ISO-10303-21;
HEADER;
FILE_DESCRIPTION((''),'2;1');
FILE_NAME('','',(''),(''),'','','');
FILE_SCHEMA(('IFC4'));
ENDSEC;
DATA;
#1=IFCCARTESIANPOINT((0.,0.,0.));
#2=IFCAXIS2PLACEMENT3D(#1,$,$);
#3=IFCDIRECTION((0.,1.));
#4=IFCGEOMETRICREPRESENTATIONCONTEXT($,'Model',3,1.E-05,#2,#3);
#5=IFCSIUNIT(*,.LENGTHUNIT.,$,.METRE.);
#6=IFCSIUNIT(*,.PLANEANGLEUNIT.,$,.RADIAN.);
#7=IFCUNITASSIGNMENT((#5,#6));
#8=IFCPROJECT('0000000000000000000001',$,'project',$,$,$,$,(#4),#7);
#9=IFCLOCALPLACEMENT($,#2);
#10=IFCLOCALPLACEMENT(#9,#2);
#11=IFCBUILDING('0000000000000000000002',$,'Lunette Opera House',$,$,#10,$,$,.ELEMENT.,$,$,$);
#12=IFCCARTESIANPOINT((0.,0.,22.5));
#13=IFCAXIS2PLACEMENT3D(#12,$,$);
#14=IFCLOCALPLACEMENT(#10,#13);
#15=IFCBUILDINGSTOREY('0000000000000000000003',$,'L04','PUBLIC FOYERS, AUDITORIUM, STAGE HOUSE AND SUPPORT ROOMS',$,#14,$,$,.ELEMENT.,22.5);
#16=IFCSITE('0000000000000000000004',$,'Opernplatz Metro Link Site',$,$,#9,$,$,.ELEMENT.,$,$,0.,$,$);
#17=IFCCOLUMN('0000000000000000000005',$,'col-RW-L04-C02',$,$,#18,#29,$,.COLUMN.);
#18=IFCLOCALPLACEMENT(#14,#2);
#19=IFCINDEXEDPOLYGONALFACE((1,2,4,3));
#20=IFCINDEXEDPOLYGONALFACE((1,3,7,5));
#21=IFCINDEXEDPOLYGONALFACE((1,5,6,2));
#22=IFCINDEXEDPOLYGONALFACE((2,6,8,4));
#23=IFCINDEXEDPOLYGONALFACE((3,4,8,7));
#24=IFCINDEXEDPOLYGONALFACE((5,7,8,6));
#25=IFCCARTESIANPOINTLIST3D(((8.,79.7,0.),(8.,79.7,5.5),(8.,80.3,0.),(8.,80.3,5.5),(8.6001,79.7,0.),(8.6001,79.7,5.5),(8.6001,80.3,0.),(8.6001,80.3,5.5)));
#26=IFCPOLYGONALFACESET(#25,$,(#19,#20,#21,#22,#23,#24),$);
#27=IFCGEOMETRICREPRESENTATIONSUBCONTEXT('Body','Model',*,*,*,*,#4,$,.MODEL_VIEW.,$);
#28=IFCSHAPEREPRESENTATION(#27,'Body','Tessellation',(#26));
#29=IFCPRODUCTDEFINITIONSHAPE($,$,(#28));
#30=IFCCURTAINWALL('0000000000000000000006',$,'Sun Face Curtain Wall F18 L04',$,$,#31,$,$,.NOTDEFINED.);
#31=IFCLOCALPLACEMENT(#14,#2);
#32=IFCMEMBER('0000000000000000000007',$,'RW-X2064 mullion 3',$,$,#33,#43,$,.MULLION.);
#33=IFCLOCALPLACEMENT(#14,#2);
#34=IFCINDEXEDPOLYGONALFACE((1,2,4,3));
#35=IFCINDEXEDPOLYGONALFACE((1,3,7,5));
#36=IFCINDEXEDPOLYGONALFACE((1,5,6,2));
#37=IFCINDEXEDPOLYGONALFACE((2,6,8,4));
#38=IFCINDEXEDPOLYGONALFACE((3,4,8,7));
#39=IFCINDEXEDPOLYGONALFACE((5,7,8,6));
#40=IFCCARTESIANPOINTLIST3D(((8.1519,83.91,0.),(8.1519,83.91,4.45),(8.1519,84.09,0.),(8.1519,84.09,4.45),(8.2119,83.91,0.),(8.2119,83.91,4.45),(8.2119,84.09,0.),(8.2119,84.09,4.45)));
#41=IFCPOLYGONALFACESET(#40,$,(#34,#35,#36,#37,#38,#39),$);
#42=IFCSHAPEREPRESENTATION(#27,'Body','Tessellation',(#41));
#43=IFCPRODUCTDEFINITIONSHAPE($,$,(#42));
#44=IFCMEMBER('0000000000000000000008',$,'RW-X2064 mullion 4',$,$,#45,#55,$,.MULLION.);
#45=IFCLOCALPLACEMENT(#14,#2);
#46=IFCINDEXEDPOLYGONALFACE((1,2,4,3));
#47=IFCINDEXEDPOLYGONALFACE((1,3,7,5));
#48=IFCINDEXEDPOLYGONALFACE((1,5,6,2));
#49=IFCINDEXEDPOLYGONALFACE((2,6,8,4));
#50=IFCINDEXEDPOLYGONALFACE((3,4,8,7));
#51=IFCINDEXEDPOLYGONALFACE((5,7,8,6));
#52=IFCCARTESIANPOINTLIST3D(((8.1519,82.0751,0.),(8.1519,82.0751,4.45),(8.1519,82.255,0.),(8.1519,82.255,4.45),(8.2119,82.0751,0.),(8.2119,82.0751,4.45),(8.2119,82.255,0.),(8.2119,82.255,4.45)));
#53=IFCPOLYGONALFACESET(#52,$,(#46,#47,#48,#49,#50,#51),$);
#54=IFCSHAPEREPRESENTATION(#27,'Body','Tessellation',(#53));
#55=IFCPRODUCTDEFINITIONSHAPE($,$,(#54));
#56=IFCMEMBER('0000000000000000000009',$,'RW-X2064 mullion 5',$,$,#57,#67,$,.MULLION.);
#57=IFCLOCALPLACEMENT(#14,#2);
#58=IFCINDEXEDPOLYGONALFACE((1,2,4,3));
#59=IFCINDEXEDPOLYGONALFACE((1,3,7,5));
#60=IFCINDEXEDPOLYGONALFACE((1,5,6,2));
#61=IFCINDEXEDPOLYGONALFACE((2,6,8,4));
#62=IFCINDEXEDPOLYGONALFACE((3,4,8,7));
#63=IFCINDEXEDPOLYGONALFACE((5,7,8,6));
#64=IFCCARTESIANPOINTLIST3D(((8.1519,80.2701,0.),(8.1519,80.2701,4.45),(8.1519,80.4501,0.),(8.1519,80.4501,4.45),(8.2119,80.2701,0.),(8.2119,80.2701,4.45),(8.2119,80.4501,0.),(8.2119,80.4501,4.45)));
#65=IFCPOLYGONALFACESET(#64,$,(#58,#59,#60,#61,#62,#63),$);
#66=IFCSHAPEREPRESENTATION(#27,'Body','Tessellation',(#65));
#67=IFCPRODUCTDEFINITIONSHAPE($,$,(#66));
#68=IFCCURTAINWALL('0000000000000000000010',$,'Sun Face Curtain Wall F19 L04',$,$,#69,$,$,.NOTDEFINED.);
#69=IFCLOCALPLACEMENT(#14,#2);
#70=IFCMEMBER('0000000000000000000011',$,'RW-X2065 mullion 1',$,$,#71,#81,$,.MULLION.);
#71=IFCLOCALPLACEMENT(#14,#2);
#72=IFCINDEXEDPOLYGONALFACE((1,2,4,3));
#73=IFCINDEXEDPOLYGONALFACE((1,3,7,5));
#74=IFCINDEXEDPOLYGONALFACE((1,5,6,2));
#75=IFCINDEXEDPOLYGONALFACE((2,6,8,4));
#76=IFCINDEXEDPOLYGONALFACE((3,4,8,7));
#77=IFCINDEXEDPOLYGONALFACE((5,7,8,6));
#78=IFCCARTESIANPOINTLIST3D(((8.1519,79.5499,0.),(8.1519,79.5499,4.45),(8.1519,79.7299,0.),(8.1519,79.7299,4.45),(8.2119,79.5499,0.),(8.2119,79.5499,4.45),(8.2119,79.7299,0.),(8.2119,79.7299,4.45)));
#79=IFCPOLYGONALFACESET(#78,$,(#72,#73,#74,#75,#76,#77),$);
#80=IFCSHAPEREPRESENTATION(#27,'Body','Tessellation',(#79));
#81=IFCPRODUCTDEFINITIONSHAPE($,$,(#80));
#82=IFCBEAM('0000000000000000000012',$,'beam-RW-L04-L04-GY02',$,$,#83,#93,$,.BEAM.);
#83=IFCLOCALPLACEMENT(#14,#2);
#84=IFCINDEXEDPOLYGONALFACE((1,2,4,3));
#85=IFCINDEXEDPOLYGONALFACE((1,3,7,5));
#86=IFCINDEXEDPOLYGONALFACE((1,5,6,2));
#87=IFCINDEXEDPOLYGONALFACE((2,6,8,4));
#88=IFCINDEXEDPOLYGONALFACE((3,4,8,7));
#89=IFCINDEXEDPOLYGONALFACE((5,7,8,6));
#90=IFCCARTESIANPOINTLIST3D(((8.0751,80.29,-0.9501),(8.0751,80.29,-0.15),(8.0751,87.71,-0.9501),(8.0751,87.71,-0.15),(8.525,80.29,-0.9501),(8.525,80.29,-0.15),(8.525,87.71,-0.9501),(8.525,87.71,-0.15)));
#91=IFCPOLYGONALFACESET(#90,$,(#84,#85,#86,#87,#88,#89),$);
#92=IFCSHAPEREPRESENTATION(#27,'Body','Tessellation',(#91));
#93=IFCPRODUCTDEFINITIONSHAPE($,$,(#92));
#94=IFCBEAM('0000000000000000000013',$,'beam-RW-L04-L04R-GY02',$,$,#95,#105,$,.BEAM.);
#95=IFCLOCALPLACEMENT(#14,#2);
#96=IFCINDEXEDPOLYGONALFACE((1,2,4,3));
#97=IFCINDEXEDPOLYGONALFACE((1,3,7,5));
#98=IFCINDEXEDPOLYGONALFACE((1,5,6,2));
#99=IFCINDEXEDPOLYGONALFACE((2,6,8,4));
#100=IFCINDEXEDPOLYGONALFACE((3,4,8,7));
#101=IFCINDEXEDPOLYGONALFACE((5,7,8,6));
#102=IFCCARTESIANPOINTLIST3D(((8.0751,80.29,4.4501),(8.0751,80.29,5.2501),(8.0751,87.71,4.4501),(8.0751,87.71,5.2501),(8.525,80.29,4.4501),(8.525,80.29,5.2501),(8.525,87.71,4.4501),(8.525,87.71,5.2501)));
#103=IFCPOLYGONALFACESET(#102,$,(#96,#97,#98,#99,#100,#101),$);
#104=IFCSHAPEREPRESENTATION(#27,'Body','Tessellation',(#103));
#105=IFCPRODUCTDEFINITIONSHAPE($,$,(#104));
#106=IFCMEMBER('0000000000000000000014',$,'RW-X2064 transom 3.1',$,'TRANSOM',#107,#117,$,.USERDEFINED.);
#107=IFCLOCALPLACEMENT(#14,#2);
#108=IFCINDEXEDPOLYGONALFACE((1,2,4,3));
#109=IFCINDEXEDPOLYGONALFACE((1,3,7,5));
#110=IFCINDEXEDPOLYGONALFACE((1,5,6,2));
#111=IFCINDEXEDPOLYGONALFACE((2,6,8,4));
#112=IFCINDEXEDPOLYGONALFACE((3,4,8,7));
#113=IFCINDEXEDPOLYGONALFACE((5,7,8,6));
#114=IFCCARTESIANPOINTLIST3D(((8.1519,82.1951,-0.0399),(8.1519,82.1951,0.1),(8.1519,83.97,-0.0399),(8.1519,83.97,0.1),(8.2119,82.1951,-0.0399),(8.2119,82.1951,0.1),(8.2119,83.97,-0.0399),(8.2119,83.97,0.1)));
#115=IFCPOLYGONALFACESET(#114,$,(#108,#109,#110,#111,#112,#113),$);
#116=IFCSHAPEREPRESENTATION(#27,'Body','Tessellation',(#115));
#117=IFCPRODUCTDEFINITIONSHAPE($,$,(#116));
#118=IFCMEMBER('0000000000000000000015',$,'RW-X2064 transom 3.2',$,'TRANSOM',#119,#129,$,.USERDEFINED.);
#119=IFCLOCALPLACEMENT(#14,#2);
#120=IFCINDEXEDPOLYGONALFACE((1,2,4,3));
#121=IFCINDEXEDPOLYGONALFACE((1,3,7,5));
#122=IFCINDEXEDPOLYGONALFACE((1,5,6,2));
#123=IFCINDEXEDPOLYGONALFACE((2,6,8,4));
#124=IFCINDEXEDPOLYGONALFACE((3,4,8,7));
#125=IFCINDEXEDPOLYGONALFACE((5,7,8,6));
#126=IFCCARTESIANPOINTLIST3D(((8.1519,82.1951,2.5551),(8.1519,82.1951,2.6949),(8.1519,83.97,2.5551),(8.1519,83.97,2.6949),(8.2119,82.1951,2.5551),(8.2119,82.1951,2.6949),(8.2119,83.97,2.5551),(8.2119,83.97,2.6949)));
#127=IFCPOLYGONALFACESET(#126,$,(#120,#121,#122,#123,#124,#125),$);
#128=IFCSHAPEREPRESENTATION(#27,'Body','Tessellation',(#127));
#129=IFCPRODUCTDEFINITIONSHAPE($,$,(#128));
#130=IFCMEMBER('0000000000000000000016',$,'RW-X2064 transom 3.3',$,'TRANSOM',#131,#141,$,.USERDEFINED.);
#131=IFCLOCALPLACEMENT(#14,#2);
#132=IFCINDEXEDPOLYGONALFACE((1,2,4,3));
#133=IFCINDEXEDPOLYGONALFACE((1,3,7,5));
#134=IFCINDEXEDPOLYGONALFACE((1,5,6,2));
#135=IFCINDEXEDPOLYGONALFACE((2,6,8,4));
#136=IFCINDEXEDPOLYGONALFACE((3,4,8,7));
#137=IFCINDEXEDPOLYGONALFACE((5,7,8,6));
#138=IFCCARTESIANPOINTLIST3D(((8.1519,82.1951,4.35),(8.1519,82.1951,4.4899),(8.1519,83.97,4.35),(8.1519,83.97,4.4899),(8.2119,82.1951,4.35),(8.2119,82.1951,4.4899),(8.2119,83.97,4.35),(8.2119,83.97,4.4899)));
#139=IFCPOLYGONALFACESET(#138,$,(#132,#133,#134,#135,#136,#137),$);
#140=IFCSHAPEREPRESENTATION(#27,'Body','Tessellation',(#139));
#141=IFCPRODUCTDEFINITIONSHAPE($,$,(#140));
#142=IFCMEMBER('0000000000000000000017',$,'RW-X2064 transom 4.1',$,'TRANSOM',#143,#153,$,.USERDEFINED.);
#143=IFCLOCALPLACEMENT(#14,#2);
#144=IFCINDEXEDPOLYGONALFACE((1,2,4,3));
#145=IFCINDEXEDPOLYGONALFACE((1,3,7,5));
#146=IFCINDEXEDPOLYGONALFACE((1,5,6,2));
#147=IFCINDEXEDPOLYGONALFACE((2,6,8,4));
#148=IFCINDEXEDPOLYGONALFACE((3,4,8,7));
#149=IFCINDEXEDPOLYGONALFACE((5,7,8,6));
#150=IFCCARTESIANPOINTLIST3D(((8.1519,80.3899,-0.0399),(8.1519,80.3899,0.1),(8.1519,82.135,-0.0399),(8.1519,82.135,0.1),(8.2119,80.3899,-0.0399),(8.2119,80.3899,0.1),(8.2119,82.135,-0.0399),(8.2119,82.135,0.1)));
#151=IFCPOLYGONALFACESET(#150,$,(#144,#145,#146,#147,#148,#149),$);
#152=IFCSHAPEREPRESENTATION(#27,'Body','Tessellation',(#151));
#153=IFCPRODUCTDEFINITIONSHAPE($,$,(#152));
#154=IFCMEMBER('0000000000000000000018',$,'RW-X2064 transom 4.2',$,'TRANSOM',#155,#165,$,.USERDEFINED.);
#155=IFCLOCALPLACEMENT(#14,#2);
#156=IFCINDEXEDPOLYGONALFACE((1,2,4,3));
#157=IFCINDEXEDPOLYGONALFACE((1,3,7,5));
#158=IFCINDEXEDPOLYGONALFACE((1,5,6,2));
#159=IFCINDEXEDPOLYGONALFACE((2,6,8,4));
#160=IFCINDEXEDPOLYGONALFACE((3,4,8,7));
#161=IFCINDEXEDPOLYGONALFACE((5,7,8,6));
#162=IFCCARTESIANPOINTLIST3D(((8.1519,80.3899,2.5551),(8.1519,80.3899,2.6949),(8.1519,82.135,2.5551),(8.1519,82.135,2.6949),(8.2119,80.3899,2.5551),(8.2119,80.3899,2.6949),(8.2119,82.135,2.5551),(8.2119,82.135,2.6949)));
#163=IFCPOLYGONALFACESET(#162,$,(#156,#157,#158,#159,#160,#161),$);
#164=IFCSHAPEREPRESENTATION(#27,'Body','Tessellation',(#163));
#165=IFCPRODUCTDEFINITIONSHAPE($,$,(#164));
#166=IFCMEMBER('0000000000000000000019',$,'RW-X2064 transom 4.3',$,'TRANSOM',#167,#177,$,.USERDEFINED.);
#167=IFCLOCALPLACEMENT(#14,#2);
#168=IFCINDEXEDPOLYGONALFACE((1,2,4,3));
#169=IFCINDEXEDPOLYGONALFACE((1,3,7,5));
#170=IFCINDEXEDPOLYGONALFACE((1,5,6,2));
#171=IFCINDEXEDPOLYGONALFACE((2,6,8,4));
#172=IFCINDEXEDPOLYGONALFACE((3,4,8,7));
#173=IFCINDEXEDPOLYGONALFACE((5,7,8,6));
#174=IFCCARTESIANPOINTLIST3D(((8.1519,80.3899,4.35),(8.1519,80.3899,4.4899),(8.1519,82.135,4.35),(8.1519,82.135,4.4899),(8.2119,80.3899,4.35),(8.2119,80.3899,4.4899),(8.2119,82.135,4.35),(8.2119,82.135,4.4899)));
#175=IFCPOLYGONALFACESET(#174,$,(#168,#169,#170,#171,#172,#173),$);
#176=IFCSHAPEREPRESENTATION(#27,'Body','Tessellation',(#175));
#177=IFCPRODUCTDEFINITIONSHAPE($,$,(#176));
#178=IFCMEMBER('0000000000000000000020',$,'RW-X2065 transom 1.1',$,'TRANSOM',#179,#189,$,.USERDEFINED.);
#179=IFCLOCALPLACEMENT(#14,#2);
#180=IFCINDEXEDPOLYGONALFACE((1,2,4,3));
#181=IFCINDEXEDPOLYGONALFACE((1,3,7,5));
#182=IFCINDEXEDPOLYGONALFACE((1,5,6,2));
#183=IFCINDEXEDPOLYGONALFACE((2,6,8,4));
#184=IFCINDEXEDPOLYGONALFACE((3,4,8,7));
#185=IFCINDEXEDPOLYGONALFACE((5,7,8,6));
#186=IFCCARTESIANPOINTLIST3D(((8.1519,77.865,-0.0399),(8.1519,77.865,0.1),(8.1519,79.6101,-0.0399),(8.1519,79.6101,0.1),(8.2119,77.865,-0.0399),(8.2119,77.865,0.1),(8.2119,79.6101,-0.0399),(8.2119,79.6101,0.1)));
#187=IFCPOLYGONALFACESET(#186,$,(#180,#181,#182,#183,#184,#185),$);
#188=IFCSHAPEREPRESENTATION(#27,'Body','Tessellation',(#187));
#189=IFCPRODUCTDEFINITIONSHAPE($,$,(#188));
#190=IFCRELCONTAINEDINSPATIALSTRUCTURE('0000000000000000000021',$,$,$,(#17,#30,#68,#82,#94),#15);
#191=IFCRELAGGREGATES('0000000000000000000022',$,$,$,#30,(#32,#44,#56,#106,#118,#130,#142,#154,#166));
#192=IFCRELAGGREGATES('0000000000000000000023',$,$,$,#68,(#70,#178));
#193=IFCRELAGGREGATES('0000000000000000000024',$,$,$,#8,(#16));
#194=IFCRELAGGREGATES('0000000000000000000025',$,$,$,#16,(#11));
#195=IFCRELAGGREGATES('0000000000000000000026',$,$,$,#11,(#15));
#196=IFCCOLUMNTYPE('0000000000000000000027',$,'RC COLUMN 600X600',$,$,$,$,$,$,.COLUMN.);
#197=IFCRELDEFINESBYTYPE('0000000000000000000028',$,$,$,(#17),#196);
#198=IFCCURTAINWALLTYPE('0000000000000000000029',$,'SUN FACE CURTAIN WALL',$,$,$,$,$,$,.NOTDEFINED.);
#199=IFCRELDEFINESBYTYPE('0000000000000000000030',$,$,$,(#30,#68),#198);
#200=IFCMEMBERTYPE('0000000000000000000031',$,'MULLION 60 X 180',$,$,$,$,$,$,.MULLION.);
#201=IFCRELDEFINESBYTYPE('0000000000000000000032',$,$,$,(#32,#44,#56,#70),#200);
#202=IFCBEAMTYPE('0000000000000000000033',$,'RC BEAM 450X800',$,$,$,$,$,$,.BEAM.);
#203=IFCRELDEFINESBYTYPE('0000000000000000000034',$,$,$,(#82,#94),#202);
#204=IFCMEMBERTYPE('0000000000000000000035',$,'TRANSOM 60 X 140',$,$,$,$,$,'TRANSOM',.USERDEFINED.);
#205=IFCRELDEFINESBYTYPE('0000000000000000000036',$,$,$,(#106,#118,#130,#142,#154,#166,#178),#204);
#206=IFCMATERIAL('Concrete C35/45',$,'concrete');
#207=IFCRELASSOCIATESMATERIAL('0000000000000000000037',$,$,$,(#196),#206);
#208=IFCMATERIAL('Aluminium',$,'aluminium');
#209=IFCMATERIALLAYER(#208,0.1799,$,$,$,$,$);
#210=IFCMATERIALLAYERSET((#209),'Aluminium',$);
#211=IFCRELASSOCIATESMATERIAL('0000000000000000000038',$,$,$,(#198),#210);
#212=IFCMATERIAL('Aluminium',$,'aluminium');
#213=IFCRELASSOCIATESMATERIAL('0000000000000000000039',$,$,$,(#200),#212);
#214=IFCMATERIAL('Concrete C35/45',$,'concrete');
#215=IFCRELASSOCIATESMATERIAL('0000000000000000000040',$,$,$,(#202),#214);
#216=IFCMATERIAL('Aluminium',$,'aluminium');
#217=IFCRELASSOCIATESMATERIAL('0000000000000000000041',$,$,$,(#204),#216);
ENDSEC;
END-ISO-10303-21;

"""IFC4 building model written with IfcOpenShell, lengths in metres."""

from ifc_helpers import new_model, si_unit, direction, frame, origin, origin_2d, place, context, subcontext, project, spatial, rectangle, extrude, material, layer, layer_set, material_profile, profile_set, type_object, element, aggregate, save


model = new_model("IFC4")

# Units and contexts
model_context = context("Model", 3, precision=1e-05, world=origin(), true_north=direction((0.0, 1.0)))
body_context = subcontext(model_context, "Body", "Model", "MODEL_VIEW")
ifc_project = project(units=[si_unit("LENGTHUNIT", "METRE"), si_unit("PLANEANGLEUNIT", "RADIAN")], contexts=[model_context])

# Site, building, storey
site_placement = place(None, origin())
site = spatial("IfcSite", under=ifc_project, at=site_placement, Name="Opernplatz Metro Link Site", CompositionType="ELEMENT", RefElevation=0.0)
building_placement = place(site_placement, origin())
building = spatial("IfcBuilding", under=site, at=building_placement, Name="Lunette Opera House", CompositionType="ELEMENT")
storey_placement = place(building_placement, frame((0.0, 0.0, 22.5)))
storey = spatial("IfcBuildingStorey", under=building, at=storey_placement, Name="L04", Description="PUBLIC FOYERS, AUDITORIUM, STAGE HOUSE AND SUPPORT ROOMS", CompositionType="ELEMENT", Elevation=22.5)

# Column
ifc_material_1 = material(Name="Concrete C35/45", Category="concrete")
ifc_material_profile_1 = material_profile(ifc_material_1, rectangle(XDim=0.6001, YDim=0.6001, at=origin_2d()), Name="RC COLUMN 600X600")
ifc_profile_set_1 = profile_set([ifc_material_profile_1], Name="Concrete C35/45")
column_type = type_object("IfcColumnType", Name="RC COLUMN 600X600", PredefinedType="COLUMN", material=ifc_profile_set_1)
column_placement = place(storey_placement, frame((8.3, 80.0, 0.0), z_axis=(0.0, 0.0, 1.0), x_axis=(1.0, 0.0, 0.0)))
element("IfcColumn", 1, at=column_placement, inside=storey, type_object=column_type, Name="col-RW-L04-C02", PredefinedType="COLUMN", context=body_context, shape_type="SweptSolid", body=[
    extrude(rectangle(XDim=0.6001, YDim=0.6001, at=origin_2d()), origin(), (0.0, 0.0, 1.0), 5.5),
])

# Curtain wall, members
ifc_material_2 = material(Name="Aluminium", Category="aluminium")
ifc_layer_1 = layer(ifc_material_2, 0.1799)
ifc_layer_set_1 = layer_set([ifc_layer_1], Name="Aluminium")
curtain_wall_type = type_object("IfcCurtainWallType", Name="SUN FACE CURTAIN WALL", PredefinedType="NOTDEFINED", material=ifc_layer_set_1)
curtain_wall_1_placement = place(storey_placement, origin())
curtain_wall_1 = element("IfcCurtainWall", 2, at=curtain_wall_1_placement, inside=storey, type_object=curtain_wall_type, Name="Sun Face Curtain Wall F18 L04", PredefinedType="NOTDEFINED")
ifc_material_3 = material(Name="Aluminium", Category="aluminium")
ifc_material_profile_2 = material_profile(ifc_material_3, rectangle(XDim=0.0601, YDim=0.1799, at=origin_2d()), Name="MULLION 60 X 180")
ifc_profile_set_2 = profile_set([ifc_material_profile_2], Name="Aluminium")
member_type_1 = type_object("IfcMemberType", Name="MULLION 60 X 180", PredefinedType="MULLION", material=ifc_profile_set_2)
member_1_placement = place(storey_placement, frame((8.1819, 84.0, 0.0), z_axis=(0.0, 0.0, 1.0), x_axis=(1.0, 0.0, 0.0)))
member_1 = element("IfcMember", 3, at=member_1_placement, type_object=member_type_1, Name="RW-X2064 mullion 3", PredefinedType="MULLION", context=body_context, shape_type="SweptSolid", body=[
    extrude(rectangle(XDim=0.0601, YDim=0.1799, at=origin_2d()), origin(), (0.0, 0.0, 1.0), 4.45),
])
member_2_placement = place(storey_placement, frame((8.1819, 82.165, 0.0), z_axis=(0.0, 0.0, 1.0), x_axis=(1.0, 0.0, 0.0)))
member_2 = element("IfcMember", 4, at=member_2_placement, type_object=member_type_1, Name="RW-X2064 mullion 4", PredefinedType="MULLION", context=body_context, shape_type="SweptSolid", body=[
    extrude(rectangle(XDim=0.0601, YDim=0.1799, at=origin_2d()), origin(), (0.0, 0.0, 1.0), 4.45),
])
member_3_placement = place(storey_placement, frame((8.1819, 80.3601, 0.0), z_axis=(0.0, 0.0, 1.0), x_axis=(1.0, 0.0, 0.0)))
member_3 = element("IfcMember", 5, at=member_3_placement, type_object=member_type_1, Name="RW-X2064 mullion 5", PredefinedType="MULLION", context=body_context, shape_type="SweptSolid", body=[
    extrude(rectangle(XDim=0.0601, YDim=0.1799, at=origin_2d()), origin(), (0.0, 0.0, 1.0), 4.45),
])

# Curtain wall, member
curtain_wall_2_placement = place(storey_placement, origin())
curtain_wall_2 = element("IfcCurtainWall", 6, at=curtain_wall_2_placement, inside=storey, type_object=curtain_wall_type, Name="Sun Face Curtain Wall F19 L04", PredefinedType="NOTDEFINED")
member_4_placement = place(storey_placement, frame((8.1819, 79.6399, 0.0), z_axis=(0.0, 0.0, 1.0), x_axis=(1.0, 0.0, 0.0)))
member_4 = element("IfcMember", 7, at=member_4_placement, type_object=member_type_1, Name="RW-X2065 mullion 1", PredefinedType="MULLION", context=body_context, shape_type="SweptSolid", body=[
    extrude(rectangle(XDim=0.0601, YDim=0.1799, at=origin_2d()), origin(), (0.0, 0.0, 1.0), 4.45),
])

# Beams
ifc_material_4 = material(Name="Concrete C35/45", Category="concrete")
ifc_material_profile_3 = material_profile(ifc_material_4, rectangle(XDim=0.45, YDim=0.8, at=origin_2d()), Name="RC BEAM 450X800")
ifc_profile_set_3 = profile_set([ifc_material_profile_3], Name="Concrete C35/45")
beam_type = type_object("IfcBeamType", Name="RC BEAM 450X800", PredefinedType="BEAM", material=ifc_profile_set_3)
for number, where, z_axis, x_axis, name in (
    (8, (8.3, 80.29, -0.55), (0.0, 1.0, 0.0), (-1.0, 0.0, 0.0), "beam-RW-L04-L04-GY02"),
    (9, (8.3, 80.29, 4.8501), (0.0, 1.0, 0.0), (-1.0, 0.0, 0.0), "beam-RW-L04-L04R-GY02"),
):
    element("IfcBeam", number, at=place(storey_placement, frame(where, z_axis=z_axis, x_axis=x_axis)), inside=storey, type_object=beam_type, Name=name, PredefinedType="BEAM", context=body_context, shape_type="SweptSolid", body=[
        extrude(rectangle(XDim=0.45, YDim=0.8, at=origin_2d()), origin(), (0.0, 0.0, 1.0), 7.4199),
    ])

# Members
ifc_material_5 = material(Name="Aluminium", Category="aluminium")
ifc_material_profile_4 = material_profile(ifc_material_5, rectangle(XDim=0.0601, YDim=0.1399, at=origin_2d()), Name="TRANSOM 60 X 140")
ifc_profile_set_4 = profile_set([ifc_material_profile_4], Name="Aluminium")
member_type_2 = type_object("IfcMemberType", Name="TRANSOM 60 X 140", ElementType="TRANSOM", PredefinedType="USERDEFINED", material=ifc_profile_set_4)
member_5_placement = place(storey_placement, frame((8.1819, 83.97, 0.03), z_axis=(0.0, -1.0, 0.0), x_axis=(1.0, 0.0, 0.0)))
member_5 = element("IfcMember", 10, at=member_5_placement, type_object=member_type_2, Name="RW-X2064 transom 3.1", ObjectType="TRANSOM", PredefinedType="USERDEFINED", context=body_context, shape_type="SweptSolid", body=[
    extrude(rectangle(XDim=0.0601, YDim=0.1399, at=origin_2d()), origin(), (0.0, 0.0, 1.0), 1.7749),
])
member_6_placement = place(storey_placement, frame((8.1819, 83.97, 2.625), z_axis=(0.0, -1.0, 0.0), x_axis=(1.0, 0.0, 0.0)))
member_6 = element("IfcMember", 11, at=member_6_placement, type_object=member_type_2, Name="RW-X2064 transom 3.2", ObjectType="TRANSOM", PredefinedType="USERDEFINED", context=body_context, shape_type="SweptSolid", body=[
    extrude(rectangle(XDim=0.0601, YDim=0.1399, at=origin_2d()), origin(), (0.0, 0.0, 1.0), 1.7749),
])
member_7_placement = place(storey_placement, frame((8.1819, 83.97, 4.4199), z_axis=(0.0, -1.0, 0.0), x_axis=(1.0, 0.0, 0.0)))
member_7 = element("IfcMember", 12, at=member_7_placement, type_object=member_type_2, Name="RW-X2064 transom 3.3", ObjectType="TRANSOM", PredefinedType="USERDEFINED", context=body_context, shape_type="SweptSolid", body=[
    extrude(rectangle(XDim=0.0601, YDim=0.1399, at=origin_2d()), origin(), (0.0, 0.0, 1.0), 1.7749),
])
member_8_placement = place(storey_placement, frame((8.1819, 82.135, 0.03), z_axis=(0.0, -1.0, 0.0), x_axis=(1.0, 0.0, 0.0)))
member_8 = element("IfcMember", 13, at=member_8_placement, type_object=member_type_2, Name="RW-X2064 transom 4.1", ObjectType="TRANSOM", PredefinedType="USERDEFINED", context=body_context, shape_type="SweptSolid", body=[
    extrude(rectangle(XDim=0.0601, YDim=0.1399, at=origin_2d()), origin(), (0.0, 0.0, 1.0), 1.7451),
])
member_9_placement = place(storey_placement, frame((8.1819, 82.135, 2.625), z_axis=(0.0, -1.0, 0.0), x_axis=(1.0, 0.0, 0.0)))
member_9 = element("IfcMember", 14, at=member_9_placement, type_object=member_type_2, Name="RW-X2064 transom 4.2", ObjectType="TRANSOM", PredefinedType="USERDEFINED", context=body_context, shape_type="SweptSolid", body=[
    extrude(rectangle(XDim=0.0601, YDim=0.1399, at=origin_2d()), origin(), (0.0, 0.0, 1.0), 1.7451),
])
member_10_placement = place(storey_placement, frame((8.1819, 82.135, 4.4199), z_axis=(0.0, -1.0, 0.0), x_axis=(1.0, 0.0, 0.0)))
member_10 = element("IfcMember", 15, at=member_10_placement, type_object=member_type_2, Name="RW-X2064 transom 4.3", ObjectType="TRANSOM", PredefinedType="USERDEFINED", context=body_context, shape_type="SweptSolid", body=[
    extrude(rectangle(XDim=0.0601, YDim=0.1399, at=origin_2d()), origin(), (0.0, 0.0, 1.0), 1.7451),
])
member_11_placement = place(storey_placement, frame((8.1819, 79.6101, 0.03), z_axis=(0.0, -1.0, 0.0), x_axis=(1.0, 0.0, 0.0)))
member_11 = element("IfcMember", 16, at=member_11_placement, type_object=member_type_2, Name="RW-X2065 transom 1.1", ObjectType="TRANSOM", PredefinedType="USERDEFINED", context=body_context, shape_type="SweptSolid", body=[
    extrude(rectangle(XDim=0.0601, YDim=0.1399, at=origin_2d()), origin(), (0.0, 0.0, 1.0), 1.7451),
])

aggregate(curtain_wall_1, [member_1, member_2, member_3, member_5, member_6, member_7, member_8, member_9, member_10])
aggregate(curtain_wall_2, [member_4, member_11])

save(model, "model.ifc")
